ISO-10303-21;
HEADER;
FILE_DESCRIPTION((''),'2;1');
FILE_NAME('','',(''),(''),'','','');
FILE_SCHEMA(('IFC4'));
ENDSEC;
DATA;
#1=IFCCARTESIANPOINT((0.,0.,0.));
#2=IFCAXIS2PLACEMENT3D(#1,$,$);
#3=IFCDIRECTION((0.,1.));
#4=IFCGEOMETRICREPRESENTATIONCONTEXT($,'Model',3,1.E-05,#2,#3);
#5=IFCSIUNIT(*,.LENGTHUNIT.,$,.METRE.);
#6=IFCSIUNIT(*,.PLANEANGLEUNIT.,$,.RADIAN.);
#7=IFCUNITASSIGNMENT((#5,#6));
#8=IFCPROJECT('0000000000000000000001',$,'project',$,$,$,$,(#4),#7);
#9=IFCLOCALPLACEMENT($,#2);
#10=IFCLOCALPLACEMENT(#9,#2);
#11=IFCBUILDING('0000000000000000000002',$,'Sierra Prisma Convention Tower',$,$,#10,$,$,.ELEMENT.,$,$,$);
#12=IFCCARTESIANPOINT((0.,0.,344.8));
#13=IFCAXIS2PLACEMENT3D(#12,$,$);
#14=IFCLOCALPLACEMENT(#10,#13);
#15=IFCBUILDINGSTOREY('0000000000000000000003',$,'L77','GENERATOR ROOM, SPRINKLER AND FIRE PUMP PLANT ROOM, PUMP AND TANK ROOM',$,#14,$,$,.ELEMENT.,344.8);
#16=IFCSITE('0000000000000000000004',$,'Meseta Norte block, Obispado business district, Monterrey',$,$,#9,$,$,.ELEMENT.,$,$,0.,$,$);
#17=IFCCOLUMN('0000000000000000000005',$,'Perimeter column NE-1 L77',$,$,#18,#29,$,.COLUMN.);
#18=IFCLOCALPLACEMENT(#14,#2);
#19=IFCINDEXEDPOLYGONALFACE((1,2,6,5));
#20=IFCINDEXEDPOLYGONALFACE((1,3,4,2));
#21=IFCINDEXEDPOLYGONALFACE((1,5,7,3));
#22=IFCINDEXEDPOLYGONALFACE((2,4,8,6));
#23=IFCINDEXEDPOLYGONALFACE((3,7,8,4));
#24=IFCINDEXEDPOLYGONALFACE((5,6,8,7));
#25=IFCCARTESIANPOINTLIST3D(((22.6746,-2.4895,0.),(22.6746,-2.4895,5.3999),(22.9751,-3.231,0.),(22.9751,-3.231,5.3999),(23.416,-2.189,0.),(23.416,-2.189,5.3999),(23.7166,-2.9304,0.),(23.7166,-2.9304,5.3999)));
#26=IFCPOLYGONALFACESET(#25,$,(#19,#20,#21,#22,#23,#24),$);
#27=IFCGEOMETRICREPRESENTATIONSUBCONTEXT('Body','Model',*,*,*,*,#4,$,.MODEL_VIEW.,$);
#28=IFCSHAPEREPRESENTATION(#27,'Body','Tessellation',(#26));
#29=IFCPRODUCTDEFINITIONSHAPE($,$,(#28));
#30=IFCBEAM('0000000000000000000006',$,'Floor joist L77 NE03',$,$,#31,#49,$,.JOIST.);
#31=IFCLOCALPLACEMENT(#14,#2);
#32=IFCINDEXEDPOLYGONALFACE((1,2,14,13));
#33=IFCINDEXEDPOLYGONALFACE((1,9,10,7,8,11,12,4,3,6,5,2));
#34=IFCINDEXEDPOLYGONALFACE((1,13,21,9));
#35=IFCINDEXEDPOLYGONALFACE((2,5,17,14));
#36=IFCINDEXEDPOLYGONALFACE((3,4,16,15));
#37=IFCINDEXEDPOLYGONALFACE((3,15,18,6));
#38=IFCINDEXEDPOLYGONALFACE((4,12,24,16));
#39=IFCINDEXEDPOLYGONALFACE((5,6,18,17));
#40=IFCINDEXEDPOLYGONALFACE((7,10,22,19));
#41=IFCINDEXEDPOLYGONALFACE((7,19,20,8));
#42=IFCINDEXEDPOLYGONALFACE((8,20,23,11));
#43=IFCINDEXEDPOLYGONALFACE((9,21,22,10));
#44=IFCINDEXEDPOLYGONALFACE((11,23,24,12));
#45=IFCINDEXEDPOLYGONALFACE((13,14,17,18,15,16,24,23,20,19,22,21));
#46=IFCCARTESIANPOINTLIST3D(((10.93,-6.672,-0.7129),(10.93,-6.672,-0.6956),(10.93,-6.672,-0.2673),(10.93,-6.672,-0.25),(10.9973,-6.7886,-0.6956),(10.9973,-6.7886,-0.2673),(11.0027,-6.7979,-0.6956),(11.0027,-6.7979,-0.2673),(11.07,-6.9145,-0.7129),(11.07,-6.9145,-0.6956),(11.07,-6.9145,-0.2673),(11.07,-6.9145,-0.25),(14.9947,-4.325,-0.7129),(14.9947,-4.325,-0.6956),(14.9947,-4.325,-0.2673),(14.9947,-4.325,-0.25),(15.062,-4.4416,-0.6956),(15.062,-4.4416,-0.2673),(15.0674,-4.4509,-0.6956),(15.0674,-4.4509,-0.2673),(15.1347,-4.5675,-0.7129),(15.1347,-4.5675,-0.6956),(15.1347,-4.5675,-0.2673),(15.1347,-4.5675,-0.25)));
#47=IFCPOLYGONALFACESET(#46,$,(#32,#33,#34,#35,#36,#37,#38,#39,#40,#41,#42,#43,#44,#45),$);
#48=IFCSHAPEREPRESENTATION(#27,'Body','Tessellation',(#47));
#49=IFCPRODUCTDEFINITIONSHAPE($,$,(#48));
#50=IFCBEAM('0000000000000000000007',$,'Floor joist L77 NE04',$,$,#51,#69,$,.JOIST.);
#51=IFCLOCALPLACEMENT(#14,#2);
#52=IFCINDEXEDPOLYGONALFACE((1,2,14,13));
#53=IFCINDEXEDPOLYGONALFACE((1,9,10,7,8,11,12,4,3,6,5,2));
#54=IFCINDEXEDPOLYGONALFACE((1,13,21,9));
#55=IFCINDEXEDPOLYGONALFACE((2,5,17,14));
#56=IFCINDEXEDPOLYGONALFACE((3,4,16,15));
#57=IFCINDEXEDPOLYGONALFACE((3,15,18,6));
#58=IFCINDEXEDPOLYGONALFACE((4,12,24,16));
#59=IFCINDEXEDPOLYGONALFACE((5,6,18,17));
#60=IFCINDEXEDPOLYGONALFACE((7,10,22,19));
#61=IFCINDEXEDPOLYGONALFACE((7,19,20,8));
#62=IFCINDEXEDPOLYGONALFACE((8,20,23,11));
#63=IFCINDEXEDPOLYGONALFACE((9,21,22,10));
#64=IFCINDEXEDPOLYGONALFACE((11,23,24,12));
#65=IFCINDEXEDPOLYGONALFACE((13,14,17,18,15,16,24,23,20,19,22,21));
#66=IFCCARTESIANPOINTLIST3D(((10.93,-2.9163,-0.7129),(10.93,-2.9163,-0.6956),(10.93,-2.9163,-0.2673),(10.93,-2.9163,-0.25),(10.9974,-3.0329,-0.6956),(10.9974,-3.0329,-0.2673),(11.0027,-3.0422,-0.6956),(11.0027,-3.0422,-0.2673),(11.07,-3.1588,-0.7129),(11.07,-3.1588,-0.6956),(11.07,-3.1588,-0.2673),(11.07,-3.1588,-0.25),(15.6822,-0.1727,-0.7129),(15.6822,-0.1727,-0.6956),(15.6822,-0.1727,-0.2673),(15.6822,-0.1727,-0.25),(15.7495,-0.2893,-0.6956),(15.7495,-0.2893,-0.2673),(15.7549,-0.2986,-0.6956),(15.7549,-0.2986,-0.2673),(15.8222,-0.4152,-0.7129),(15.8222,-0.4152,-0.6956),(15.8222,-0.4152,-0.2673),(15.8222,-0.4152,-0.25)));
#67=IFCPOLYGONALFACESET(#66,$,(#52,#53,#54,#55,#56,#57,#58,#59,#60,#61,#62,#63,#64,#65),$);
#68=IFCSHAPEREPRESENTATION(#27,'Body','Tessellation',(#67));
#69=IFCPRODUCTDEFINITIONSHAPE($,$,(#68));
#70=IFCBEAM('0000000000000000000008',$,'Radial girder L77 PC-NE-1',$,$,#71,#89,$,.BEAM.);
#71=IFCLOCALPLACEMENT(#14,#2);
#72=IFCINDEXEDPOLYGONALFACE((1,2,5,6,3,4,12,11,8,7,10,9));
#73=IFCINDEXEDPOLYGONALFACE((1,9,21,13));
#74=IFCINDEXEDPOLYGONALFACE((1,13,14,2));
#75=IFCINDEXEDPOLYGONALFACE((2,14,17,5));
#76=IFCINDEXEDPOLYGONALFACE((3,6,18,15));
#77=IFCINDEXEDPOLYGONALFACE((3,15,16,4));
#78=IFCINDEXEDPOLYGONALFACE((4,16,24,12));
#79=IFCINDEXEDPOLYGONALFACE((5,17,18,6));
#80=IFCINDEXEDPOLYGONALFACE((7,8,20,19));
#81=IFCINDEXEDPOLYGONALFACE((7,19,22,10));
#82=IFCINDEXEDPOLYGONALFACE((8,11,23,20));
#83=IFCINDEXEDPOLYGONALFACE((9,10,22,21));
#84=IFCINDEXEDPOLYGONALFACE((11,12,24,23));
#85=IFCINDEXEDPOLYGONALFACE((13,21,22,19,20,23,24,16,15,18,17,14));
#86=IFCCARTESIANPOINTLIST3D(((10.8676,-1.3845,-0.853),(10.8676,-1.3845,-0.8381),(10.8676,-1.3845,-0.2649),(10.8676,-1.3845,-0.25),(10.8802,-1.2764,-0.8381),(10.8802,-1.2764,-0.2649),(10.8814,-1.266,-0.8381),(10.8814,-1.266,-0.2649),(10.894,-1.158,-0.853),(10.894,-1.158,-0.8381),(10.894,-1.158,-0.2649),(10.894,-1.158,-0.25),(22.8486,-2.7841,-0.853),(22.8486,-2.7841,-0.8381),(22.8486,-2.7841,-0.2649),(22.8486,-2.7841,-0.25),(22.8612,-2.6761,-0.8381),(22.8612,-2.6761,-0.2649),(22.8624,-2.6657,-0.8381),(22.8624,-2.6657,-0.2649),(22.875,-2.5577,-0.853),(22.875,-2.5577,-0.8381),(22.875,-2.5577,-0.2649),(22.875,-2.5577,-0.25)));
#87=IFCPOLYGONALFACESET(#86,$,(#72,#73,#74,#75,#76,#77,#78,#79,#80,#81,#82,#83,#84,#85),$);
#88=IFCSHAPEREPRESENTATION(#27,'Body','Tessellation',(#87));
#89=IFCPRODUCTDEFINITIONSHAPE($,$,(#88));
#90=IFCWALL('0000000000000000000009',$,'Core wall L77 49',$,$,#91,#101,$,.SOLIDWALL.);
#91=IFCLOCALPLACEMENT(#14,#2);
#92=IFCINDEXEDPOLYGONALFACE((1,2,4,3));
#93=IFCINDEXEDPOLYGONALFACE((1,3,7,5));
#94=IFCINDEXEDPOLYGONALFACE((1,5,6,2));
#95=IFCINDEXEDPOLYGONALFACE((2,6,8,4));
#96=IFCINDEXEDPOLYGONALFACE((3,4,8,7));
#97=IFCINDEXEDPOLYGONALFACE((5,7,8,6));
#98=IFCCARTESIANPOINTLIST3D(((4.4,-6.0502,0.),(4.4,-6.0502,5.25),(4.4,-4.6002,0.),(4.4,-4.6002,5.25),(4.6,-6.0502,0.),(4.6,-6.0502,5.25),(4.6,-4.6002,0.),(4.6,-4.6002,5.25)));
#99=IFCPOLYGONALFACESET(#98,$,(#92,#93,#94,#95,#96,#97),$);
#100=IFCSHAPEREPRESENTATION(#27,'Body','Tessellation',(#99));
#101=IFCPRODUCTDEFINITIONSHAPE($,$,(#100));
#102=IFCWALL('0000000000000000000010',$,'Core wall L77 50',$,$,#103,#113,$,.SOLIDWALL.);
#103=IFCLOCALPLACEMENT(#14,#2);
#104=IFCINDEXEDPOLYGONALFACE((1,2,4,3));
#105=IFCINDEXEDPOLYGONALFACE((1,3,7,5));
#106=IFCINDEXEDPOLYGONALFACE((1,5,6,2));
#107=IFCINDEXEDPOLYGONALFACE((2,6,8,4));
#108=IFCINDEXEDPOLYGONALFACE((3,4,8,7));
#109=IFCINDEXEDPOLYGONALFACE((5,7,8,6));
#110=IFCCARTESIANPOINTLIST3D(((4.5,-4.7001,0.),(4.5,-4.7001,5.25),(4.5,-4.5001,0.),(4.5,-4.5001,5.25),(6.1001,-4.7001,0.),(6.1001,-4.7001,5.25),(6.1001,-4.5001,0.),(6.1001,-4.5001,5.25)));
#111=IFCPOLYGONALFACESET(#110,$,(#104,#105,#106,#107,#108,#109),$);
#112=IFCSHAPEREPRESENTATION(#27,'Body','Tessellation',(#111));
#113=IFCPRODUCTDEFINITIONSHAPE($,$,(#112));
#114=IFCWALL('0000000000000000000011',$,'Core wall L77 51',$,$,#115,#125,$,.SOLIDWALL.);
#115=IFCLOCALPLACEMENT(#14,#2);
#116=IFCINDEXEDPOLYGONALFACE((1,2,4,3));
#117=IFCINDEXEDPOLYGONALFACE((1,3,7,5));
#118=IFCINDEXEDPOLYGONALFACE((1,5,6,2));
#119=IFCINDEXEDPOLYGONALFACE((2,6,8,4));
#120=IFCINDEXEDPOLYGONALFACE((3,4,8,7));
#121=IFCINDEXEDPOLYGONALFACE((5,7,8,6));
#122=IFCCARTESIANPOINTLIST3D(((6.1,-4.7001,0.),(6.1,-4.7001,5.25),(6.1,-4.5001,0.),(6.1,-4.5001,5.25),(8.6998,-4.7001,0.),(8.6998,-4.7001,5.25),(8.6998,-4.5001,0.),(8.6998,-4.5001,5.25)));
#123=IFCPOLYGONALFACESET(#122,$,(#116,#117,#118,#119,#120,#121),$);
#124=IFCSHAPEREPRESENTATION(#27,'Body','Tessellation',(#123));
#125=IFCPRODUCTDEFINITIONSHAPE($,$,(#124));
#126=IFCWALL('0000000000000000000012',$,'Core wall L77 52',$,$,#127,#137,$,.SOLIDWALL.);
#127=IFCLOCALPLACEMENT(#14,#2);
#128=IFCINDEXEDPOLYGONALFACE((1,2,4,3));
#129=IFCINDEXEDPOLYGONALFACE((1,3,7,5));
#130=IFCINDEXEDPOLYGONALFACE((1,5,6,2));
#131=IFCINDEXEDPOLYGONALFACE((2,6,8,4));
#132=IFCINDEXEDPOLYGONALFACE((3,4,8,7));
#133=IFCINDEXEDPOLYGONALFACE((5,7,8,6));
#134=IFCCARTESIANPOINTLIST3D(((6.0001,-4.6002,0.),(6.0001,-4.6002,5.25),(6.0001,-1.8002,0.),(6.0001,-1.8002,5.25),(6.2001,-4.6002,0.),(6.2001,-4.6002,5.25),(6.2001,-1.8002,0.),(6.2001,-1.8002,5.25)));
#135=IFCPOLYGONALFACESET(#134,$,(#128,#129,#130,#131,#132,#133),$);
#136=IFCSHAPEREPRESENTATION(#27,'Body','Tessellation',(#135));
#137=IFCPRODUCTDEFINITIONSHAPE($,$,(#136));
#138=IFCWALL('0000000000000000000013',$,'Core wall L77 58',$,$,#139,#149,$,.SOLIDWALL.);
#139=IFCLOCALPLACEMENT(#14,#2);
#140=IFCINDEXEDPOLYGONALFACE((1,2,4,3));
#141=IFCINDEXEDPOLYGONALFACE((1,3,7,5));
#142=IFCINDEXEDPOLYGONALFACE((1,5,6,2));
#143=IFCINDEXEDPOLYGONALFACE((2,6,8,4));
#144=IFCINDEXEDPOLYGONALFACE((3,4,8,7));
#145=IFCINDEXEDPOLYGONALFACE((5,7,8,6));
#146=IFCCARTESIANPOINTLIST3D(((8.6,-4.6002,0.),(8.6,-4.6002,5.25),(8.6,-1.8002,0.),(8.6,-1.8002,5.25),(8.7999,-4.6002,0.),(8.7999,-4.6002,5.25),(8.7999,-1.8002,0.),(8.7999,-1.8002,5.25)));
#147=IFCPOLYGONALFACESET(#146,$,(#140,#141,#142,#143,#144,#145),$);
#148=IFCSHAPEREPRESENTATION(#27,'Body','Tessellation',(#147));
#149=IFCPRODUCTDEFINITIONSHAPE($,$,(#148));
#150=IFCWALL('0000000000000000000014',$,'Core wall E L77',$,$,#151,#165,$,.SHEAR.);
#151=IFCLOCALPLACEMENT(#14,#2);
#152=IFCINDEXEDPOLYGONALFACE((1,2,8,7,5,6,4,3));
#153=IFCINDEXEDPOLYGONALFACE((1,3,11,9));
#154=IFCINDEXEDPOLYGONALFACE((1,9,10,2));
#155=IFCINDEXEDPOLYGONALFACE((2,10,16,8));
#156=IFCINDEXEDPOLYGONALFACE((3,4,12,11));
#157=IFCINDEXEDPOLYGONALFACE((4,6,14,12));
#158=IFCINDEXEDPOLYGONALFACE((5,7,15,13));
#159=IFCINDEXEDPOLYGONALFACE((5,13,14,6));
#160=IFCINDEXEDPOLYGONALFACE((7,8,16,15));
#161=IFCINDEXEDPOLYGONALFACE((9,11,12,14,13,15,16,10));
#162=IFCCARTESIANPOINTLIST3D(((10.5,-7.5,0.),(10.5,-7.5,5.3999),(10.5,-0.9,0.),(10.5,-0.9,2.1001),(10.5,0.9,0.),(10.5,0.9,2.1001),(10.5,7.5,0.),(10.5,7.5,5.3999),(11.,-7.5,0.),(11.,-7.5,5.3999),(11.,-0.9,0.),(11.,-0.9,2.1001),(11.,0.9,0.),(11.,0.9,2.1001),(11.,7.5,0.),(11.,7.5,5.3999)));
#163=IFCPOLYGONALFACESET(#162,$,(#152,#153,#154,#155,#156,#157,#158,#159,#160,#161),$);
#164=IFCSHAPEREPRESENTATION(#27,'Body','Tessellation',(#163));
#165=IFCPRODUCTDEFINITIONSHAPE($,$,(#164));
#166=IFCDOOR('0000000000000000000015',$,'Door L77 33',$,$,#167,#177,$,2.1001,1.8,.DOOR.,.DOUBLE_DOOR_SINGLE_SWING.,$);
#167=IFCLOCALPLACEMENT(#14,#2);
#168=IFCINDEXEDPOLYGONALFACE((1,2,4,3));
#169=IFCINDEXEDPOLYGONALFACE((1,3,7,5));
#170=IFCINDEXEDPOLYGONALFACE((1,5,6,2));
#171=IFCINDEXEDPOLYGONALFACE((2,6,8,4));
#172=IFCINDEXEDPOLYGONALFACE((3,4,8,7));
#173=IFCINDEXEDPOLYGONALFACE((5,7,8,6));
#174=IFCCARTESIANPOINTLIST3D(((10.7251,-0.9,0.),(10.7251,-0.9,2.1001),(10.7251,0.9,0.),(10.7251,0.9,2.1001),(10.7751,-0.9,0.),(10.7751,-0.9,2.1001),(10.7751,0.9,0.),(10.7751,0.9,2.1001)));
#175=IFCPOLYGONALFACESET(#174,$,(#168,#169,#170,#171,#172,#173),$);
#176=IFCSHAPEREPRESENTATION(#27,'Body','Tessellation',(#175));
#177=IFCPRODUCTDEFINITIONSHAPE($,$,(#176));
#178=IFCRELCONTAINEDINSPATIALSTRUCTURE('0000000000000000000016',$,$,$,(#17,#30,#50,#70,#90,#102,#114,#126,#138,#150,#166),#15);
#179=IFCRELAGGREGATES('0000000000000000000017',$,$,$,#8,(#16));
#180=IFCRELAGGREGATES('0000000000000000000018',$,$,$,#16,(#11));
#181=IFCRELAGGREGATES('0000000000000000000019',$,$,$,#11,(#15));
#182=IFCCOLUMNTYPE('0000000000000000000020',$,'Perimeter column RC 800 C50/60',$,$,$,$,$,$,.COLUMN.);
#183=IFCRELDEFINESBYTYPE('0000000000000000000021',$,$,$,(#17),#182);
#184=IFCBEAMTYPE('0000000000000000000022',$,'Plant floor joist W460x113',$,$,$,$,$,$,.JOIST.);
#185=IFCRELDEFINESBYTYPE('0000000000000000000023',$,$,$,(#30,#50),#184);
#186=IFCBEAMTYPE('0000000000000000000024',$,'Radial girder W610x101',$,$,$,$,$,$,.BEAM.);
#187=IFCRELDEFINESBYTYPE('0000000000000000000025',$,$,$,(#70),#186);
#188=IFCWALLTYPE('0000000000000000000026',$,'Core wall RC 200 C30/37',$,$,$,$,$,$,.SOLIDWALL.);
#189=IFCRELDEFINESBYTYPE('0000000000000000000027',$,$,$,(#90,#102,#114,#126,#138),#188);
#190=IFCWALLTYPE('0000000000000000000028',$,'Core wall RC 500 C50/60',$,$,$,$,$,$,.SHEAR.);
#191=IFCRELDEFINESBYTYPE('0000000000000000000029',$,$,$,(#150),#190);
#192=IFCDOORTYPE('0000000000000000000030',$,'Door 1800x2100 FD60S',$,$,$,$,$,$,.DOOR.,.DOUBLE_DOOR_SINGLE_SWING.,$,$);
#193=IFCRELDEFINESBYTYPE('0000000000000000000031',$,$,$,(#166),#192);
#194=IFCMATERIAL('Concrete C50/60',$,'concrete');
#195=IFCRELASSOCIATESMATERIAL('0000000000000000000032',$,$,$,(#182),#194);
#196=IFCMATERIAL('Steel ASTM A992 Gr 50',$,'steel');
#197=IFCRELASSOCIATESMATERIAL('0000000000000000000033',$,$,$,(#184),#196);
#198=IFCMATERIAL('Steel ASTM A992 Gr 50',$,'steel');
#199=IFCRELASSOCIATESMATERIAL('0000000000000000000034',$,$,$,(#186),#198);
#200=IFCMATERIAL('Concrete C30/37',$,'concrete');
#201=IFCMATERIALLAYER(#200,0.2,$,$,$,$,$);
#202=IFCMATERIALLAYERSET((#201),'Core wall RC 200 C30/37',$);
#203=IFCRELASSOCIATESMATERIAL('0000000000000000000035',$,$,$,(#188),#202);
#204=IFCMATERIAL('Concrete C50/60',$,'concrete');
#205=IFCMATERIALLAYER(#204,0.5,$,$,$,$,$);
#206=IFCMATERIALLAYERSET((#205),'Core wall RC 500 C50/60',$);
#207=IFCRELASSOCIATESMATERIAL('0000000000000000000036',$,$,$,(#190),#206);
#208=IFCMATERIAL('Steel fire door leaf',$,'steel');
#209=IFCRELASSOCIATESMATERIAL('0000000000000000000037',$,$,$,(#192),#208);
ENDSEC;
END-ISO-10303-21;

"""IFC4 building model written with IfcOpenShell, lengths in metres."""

from ifc_helpers import new_model, si_unit, direction, frame, frame_2d, origin, origin_2d, place, context, subcontext, project, spatial, rectangle, i_section, extrude, material, layer, layer_set, material_profile, profile_set, type_object, element, fill, save


model = new_model("IFC4")

# Units and contexts
model_context = context("Model", 3, precision=1e-05, world=origin(), true_north=direction((0.0, 1.0)))
body_context = subcontext(model_context, "Body", "Model", "MODEL_VIEW")
ifc_project = project(units=[si_unit("LENGTHUNIT", "METRE"), si_unit("PLANEANGLEUNIT", "RADIAN")], contexts=[model_context])

# Site, building, storey
site_placement = place(None, origin())
site = spatial("IfcSite", under=ifc_project, at=site_placement, Name="Meseta Norte block, Obispado business district, Monterrey", CompositionType="ELEMENT", RefElevation=0.0)
building_placement = place(site_placement, origin())
building = spatial("IfcBuilding", under=site, at=building_placement, Name="Sierra Prisma Convention Tower", CompositionType="ELEMENT")
storey_placement = place(building_placement, frame((0.0, 0.0, 344.8)))
storey = spatial("IfcBuildingStorey", under=building, at=storey_placement, Name="L77", Description="GENERATOR ROOM, SPRINKLER AND FIRE PUMP PLANT ROOM, PUMP AND TANK ROOM", CompositionType="ELEMENT", Elevation=344.8)

# Column
ifc_material_1 = material(Name="Concrete C50/60", Category="concrete")
ifc_material_profile_1 = material_profile(ifc_material_1, rectangle(XDim=0.8, YDim=0.8, at=origin_2d()), Name="Perimeter column RC 800 C50/60")
ifc_profile_set_1 = profile_set([ifc_material_profile_1], Name="Concrete C50/60")
column_type = type_object("IfcColumnType", Name="Perimeter column RC 800 C50/60", PredefinedType="COLUMN", material=ifc_profile_set_1)
column_placement = place(storey_placement, frame((23.1956, -2.71, 0.0), z_axis=(0.0, 0.0, 1.0), x_axis=(-0.375686, 0.926747, 0.0)))
element("IfcColumn", 1, at=column_placement, inside=storey, type_object=column_type, Name="Perimeter column NE-1 L77", PredefinedType="COLUMN", context=body_context, shape_type="SweptSolid", body=[
    extrude(rectangle(XDim=0.8, YDim=0.8, at=origin_2d()), origin(), (0.0, 0.0, 1.0), 5.3999),
])

# Beams
ifc_material_2 = material(Name="Steel ASTM A992 Gr 50", Category="steel")
ifc_material_profile_2 = material_profile(ifc_material_2, i_section(OverallWidth=0.28, OverallDepth=0.4629, WebThickness=0.0107, FlangeThickness=0.0173, at=origin_2d()), Name="W460x113")
ifc_profile_set_2 = profile_set([ifc_material_profile_2], Name="Steel ASTM A992 Gr 50")
beam_type_1 = type_object("IfcBeamType", Name="Plant floor joist W460x113", PredefinedType="JOIST", material=ifc_profile_set_2)
beam_1_placement = place(storey_placement, frame((15.0647, -4.4463, -0.4814), z_axis=(-0.86601, -0.500027, 0.0), x_axis=(0.500027, -0.86601, 0.0)))
element("IfcBeam", 2, at=beam_1_placement, inside=storey, type_object=beam_type_1, Name="Floor joist L77 NE03", PredefinedType="JOIST", context=body_context, shape_type="SweptSolid", body=[
    extrude(i_section(OverallWidth=0.28, OverallDepth=0.4629, WebThickness=0.0107, FlangeThickness=0.0173, at=origin_2d()), origin(), (0.0, 0.0, 1.0), 4.6936),
])
beam_2_placement = place(storey_placement, frame((15.7522, -0.2939, -0.4814), z_axis=(-0.866028, -0.499996, 0.0), x_axis=(0.499996, -0.866028, 0.0)))
element("IfcBeam", 3, at=beam_2_placement, inside=storey, type_object=beam_type_1, Name="Floor joist L77 NE04", PredefinedType="JOIST", context=body_context, shape_type="SweptSolid", body=[
    extrude(i_section(OverallWidth=0.28, OverallDepth=0.4629, WebThickness=0.0107, FlangeThickness=0.0173, at=origin_2d()), origin(), (0.0, 0.0, 1.0), 5.4873),
])
ifc_material_3 = material(Name="Steel ASTM A992 Gr 50", Category="steel")
ifc_material_profile_3 = material_profile(ifc_material_3, i_section(OverallWidth=0.228, OverallDepth=0.603, WebThickness=0.0105, FlangeThickness=0.0149, at=origin_2d()), Name="W610x101")
ifc_profile_set_3 = profile_set([ifc_material_profile_3], Name="Steel ASTM A992 Gr 50")
beam_type_2 = type_object("IfcBeamType", Name="Radial girder W610x101", PredefinedType="BEAM", material=ifc_profile_set_3)
beam_3_placement = place(storey_placement, frame((22.8618, -2.6709, -0.5515), z_axis=(-0.993245, 0.116034, 0.0), x_axis=(-0.116034, -0.993245, 0.0)))
element("IfcBeam", 4, at=beam_3_placement, inside=storey, type_object=beam_type_2, Name="Radial girder L77 PC-NE-1", PredefinedType="BEAM", context=body_context, shape_type="SweptSolid", body=[
    extrude(i_section(OverallWidth=0.228, OverallDepth=0.603, WebThickness=0.0105, FlangeThickness=0.0149, at=origin_2d()), origin(), (0.0, 0.0, 1.0), 12.0625),
])

# Shared definitions
ifc_material_4 = material(Name="Concrete C30/37", Category="concrete")
ifc_layer_1 = layer(ifc_material_4, 0.2)
ifc_layer_set_1 = layer_set([ifc_layer_1], Name="Core wall RC 200 C30/37")
wall_type_1 = type_object("IfcWallType", Name="Core wall RC 200 C30/37", PredefinedType="SOLIDWALL", material=ifc_layer_set_1)

# Walls
wall_1_placement = place(storey_placement, frame((4.5, -4.6001, 0.0), z_axis=(0.0, 0.0, 1.0), x_axis=(0.0, -1.0, 0.0)))
element("IfcWall", 5, at=wall_1_placement, inside=storey, type_object=wall_type_1, Name="Core wall L77 49", PredefinedType="SOLIDWALL", context=body_context, shape_type="SweptSolid", body=[
    extrude(rectangle(XDim=1.45, YDim=0.2, at=frame_2d((0.7251, 0.0))), origin(), (0.0, 0.0, 1.0), 5.25),
])
wall_2_placement = place(storey_placement, frame((4.5, -4.6001, 0.0), z_axis=(0.0, 0.0, 1.0), x_axis=(1.0, 0.0, 0.0)))
element("IfcWall", 6, at=wall_2_placement, inside=storey, type_object=wall_type_1, Name="Core wall L77 50", PredefinedType="SOLIDWALL", context=body_context, shape_type="SweptSolid", body=[
    extrude(rectangle(XDim=1.6001, YDim=0.2, at=frame_2d((0.8, 0.0))), origin(), (0.0, 0.0, 1.0), 5.25),
])
wall_3_placement = place(storey_placement, frame((6.1001, -4.6001, 0.0), z_axis=(0.0, 0.0, 1.0), x_axis=(1.0, 0.0, 0.0)))
element("IfcWall", 7, at=wall_3_placement, inside=storey, type_object=wall_type_1, Name="Core wall L77 51", PredefinedType="SOLIDWALL", context=body_context, shape_type="SweptSolid", body=[
    extrude(rectangle(XDim=2.5999, YDim=0.2, at=frame_2d((1.2998, 0.0))), origin(), (0.0, 0.0, 1.0), 5.25),
])
wall_4_placement = place(storey_placement, frame((6.1001, -4.6001, 0.0), z_axis=(0.0, 0.0, 1.0), x_axis=(0.0, 1.0, 0.0)))
element("IfcWall", 8, at=wall_4_placement, inside=storey, type_object=wall_type_1, Name="Core wall L77 52", PredefinedType="SOLIDWALL", context=body_context, shape_type="SweptSolid", body=[
    extrude(rectangle(XDim=2.8, YDim=0.2, at=frame_2d((1.3999, 0.0))), origin(), (0.0, 0.0, 1.0), 5.25),
])

# Wall
wall_5_placement = place(storey_placement, frame((8.7, -4.6001, 0.0), z_axis=(0.0, 0.0, 1.0), x_axis=(0.0, 1.0, 0.0)))
element("IfcWall", 9, at=wall_5_placement, inside=storey, type_object=wall_type_1, Name="Core wall L77 58", PredefinedType="SOLIDWALL", context=body_context, shape_type="SweptSolid", body=[
    extrude(rectangle(XDim=2.8, YDim=0.2, at=frame_2d((1.3999, 0.0))), origin(), (0.0, 0.0, 1.0), 5.25),
])

# Wall, opening, door
ifc_material_5 = material(Name="Concrete C50/60", Category="concrete")
ifc_layer_2 = layer(ifc_material_5, 0.5)
ifc_layer_set_2 = layer_set([ifc_layer_2], Name="Core wall RC 500 C50/60")
wall_type_2 = type_object("IfcWallType", Name="Core wall RC 500 C50/60", PredefinedType="SHEAR", material=ifc_layer_set_2)
wall_6_placement = place(storey_placement, frame((10.75, -7.5, 0.0), z_axis=(0.0, 0.0, 1.0), x_axis=(0.0, 1.0, 0.0)))
wall_6 = element("IfcWall", 10, at=wall_6_placement, inside=storey, type_object=wall_type_2, Name="Core wall E L77", PredefinedType="SHEAR", context=body_context, shape_type="SweptSolid", body=[
    extrude(rectangle(XDim=15.0, YDim=0.5, at=frame_2d((7.5, 0.0))), origin(), (0.0, 0.0, 1.0), 5.3999),
])
opening_1_placement = place(wall_6_placement, frame((6.6001, 0.0, 0.0)))
opening_1 = element("IfcOpeningElement", 11, at=opening_1_placement, cuts=wall_6, PredefinedType="OPENING", context=body_context, shape_type="SweptSolid", body=[
    extrude(rectangle(XDim=1.8, YDim=2.1001, at=frame_2d((0.8999, 1.05))), frame((0.0, 0.25, 0.0), z_axis=(0.0, -1.0, 0.0), x_axis=(1.0, 0.0, 0.0)), (0.0, 0.0, 1.0), 0.5),
])
ifc_material_6 = material(Name="Steel fire door leaf", Category="steel")
door_type_1 = type_object("IfcDoorType", Name="Door 1800x2100 FD60S", OperationType="DOUBLE_DOOR_SINGLE_SWING", PredefinedType="DOOR", material=ifc_material_6)
door_1_placement = place(opening_1_placement, origin())
door_1 = element("IfcDoor", 12, at=door_1_placement, inside=storey, type_object=door_type_1, Name="Door L77 33", OperationType="DOUBLE_DOOR_SINGLE_SWING", OverallHeight=2.1001, OverallWidth=1.8, PredefinedType="DOOR", context=body_context, shape_type="SweptSolid", body=[
    extrude(rectangle(XDim=1.8, YDim=2.1001, at=frame_2d((0.8999, 1.05))), frame((0.0, 0.0249, 0.0), z_axis=(0.0, -1.0, 0.0), x_axis=(1.0, 0.0, 0.0)), (0.0, 0.0, 1.0), 0.05),
])
fill(opening_1, door_1)

save(model, "model.ifc")
